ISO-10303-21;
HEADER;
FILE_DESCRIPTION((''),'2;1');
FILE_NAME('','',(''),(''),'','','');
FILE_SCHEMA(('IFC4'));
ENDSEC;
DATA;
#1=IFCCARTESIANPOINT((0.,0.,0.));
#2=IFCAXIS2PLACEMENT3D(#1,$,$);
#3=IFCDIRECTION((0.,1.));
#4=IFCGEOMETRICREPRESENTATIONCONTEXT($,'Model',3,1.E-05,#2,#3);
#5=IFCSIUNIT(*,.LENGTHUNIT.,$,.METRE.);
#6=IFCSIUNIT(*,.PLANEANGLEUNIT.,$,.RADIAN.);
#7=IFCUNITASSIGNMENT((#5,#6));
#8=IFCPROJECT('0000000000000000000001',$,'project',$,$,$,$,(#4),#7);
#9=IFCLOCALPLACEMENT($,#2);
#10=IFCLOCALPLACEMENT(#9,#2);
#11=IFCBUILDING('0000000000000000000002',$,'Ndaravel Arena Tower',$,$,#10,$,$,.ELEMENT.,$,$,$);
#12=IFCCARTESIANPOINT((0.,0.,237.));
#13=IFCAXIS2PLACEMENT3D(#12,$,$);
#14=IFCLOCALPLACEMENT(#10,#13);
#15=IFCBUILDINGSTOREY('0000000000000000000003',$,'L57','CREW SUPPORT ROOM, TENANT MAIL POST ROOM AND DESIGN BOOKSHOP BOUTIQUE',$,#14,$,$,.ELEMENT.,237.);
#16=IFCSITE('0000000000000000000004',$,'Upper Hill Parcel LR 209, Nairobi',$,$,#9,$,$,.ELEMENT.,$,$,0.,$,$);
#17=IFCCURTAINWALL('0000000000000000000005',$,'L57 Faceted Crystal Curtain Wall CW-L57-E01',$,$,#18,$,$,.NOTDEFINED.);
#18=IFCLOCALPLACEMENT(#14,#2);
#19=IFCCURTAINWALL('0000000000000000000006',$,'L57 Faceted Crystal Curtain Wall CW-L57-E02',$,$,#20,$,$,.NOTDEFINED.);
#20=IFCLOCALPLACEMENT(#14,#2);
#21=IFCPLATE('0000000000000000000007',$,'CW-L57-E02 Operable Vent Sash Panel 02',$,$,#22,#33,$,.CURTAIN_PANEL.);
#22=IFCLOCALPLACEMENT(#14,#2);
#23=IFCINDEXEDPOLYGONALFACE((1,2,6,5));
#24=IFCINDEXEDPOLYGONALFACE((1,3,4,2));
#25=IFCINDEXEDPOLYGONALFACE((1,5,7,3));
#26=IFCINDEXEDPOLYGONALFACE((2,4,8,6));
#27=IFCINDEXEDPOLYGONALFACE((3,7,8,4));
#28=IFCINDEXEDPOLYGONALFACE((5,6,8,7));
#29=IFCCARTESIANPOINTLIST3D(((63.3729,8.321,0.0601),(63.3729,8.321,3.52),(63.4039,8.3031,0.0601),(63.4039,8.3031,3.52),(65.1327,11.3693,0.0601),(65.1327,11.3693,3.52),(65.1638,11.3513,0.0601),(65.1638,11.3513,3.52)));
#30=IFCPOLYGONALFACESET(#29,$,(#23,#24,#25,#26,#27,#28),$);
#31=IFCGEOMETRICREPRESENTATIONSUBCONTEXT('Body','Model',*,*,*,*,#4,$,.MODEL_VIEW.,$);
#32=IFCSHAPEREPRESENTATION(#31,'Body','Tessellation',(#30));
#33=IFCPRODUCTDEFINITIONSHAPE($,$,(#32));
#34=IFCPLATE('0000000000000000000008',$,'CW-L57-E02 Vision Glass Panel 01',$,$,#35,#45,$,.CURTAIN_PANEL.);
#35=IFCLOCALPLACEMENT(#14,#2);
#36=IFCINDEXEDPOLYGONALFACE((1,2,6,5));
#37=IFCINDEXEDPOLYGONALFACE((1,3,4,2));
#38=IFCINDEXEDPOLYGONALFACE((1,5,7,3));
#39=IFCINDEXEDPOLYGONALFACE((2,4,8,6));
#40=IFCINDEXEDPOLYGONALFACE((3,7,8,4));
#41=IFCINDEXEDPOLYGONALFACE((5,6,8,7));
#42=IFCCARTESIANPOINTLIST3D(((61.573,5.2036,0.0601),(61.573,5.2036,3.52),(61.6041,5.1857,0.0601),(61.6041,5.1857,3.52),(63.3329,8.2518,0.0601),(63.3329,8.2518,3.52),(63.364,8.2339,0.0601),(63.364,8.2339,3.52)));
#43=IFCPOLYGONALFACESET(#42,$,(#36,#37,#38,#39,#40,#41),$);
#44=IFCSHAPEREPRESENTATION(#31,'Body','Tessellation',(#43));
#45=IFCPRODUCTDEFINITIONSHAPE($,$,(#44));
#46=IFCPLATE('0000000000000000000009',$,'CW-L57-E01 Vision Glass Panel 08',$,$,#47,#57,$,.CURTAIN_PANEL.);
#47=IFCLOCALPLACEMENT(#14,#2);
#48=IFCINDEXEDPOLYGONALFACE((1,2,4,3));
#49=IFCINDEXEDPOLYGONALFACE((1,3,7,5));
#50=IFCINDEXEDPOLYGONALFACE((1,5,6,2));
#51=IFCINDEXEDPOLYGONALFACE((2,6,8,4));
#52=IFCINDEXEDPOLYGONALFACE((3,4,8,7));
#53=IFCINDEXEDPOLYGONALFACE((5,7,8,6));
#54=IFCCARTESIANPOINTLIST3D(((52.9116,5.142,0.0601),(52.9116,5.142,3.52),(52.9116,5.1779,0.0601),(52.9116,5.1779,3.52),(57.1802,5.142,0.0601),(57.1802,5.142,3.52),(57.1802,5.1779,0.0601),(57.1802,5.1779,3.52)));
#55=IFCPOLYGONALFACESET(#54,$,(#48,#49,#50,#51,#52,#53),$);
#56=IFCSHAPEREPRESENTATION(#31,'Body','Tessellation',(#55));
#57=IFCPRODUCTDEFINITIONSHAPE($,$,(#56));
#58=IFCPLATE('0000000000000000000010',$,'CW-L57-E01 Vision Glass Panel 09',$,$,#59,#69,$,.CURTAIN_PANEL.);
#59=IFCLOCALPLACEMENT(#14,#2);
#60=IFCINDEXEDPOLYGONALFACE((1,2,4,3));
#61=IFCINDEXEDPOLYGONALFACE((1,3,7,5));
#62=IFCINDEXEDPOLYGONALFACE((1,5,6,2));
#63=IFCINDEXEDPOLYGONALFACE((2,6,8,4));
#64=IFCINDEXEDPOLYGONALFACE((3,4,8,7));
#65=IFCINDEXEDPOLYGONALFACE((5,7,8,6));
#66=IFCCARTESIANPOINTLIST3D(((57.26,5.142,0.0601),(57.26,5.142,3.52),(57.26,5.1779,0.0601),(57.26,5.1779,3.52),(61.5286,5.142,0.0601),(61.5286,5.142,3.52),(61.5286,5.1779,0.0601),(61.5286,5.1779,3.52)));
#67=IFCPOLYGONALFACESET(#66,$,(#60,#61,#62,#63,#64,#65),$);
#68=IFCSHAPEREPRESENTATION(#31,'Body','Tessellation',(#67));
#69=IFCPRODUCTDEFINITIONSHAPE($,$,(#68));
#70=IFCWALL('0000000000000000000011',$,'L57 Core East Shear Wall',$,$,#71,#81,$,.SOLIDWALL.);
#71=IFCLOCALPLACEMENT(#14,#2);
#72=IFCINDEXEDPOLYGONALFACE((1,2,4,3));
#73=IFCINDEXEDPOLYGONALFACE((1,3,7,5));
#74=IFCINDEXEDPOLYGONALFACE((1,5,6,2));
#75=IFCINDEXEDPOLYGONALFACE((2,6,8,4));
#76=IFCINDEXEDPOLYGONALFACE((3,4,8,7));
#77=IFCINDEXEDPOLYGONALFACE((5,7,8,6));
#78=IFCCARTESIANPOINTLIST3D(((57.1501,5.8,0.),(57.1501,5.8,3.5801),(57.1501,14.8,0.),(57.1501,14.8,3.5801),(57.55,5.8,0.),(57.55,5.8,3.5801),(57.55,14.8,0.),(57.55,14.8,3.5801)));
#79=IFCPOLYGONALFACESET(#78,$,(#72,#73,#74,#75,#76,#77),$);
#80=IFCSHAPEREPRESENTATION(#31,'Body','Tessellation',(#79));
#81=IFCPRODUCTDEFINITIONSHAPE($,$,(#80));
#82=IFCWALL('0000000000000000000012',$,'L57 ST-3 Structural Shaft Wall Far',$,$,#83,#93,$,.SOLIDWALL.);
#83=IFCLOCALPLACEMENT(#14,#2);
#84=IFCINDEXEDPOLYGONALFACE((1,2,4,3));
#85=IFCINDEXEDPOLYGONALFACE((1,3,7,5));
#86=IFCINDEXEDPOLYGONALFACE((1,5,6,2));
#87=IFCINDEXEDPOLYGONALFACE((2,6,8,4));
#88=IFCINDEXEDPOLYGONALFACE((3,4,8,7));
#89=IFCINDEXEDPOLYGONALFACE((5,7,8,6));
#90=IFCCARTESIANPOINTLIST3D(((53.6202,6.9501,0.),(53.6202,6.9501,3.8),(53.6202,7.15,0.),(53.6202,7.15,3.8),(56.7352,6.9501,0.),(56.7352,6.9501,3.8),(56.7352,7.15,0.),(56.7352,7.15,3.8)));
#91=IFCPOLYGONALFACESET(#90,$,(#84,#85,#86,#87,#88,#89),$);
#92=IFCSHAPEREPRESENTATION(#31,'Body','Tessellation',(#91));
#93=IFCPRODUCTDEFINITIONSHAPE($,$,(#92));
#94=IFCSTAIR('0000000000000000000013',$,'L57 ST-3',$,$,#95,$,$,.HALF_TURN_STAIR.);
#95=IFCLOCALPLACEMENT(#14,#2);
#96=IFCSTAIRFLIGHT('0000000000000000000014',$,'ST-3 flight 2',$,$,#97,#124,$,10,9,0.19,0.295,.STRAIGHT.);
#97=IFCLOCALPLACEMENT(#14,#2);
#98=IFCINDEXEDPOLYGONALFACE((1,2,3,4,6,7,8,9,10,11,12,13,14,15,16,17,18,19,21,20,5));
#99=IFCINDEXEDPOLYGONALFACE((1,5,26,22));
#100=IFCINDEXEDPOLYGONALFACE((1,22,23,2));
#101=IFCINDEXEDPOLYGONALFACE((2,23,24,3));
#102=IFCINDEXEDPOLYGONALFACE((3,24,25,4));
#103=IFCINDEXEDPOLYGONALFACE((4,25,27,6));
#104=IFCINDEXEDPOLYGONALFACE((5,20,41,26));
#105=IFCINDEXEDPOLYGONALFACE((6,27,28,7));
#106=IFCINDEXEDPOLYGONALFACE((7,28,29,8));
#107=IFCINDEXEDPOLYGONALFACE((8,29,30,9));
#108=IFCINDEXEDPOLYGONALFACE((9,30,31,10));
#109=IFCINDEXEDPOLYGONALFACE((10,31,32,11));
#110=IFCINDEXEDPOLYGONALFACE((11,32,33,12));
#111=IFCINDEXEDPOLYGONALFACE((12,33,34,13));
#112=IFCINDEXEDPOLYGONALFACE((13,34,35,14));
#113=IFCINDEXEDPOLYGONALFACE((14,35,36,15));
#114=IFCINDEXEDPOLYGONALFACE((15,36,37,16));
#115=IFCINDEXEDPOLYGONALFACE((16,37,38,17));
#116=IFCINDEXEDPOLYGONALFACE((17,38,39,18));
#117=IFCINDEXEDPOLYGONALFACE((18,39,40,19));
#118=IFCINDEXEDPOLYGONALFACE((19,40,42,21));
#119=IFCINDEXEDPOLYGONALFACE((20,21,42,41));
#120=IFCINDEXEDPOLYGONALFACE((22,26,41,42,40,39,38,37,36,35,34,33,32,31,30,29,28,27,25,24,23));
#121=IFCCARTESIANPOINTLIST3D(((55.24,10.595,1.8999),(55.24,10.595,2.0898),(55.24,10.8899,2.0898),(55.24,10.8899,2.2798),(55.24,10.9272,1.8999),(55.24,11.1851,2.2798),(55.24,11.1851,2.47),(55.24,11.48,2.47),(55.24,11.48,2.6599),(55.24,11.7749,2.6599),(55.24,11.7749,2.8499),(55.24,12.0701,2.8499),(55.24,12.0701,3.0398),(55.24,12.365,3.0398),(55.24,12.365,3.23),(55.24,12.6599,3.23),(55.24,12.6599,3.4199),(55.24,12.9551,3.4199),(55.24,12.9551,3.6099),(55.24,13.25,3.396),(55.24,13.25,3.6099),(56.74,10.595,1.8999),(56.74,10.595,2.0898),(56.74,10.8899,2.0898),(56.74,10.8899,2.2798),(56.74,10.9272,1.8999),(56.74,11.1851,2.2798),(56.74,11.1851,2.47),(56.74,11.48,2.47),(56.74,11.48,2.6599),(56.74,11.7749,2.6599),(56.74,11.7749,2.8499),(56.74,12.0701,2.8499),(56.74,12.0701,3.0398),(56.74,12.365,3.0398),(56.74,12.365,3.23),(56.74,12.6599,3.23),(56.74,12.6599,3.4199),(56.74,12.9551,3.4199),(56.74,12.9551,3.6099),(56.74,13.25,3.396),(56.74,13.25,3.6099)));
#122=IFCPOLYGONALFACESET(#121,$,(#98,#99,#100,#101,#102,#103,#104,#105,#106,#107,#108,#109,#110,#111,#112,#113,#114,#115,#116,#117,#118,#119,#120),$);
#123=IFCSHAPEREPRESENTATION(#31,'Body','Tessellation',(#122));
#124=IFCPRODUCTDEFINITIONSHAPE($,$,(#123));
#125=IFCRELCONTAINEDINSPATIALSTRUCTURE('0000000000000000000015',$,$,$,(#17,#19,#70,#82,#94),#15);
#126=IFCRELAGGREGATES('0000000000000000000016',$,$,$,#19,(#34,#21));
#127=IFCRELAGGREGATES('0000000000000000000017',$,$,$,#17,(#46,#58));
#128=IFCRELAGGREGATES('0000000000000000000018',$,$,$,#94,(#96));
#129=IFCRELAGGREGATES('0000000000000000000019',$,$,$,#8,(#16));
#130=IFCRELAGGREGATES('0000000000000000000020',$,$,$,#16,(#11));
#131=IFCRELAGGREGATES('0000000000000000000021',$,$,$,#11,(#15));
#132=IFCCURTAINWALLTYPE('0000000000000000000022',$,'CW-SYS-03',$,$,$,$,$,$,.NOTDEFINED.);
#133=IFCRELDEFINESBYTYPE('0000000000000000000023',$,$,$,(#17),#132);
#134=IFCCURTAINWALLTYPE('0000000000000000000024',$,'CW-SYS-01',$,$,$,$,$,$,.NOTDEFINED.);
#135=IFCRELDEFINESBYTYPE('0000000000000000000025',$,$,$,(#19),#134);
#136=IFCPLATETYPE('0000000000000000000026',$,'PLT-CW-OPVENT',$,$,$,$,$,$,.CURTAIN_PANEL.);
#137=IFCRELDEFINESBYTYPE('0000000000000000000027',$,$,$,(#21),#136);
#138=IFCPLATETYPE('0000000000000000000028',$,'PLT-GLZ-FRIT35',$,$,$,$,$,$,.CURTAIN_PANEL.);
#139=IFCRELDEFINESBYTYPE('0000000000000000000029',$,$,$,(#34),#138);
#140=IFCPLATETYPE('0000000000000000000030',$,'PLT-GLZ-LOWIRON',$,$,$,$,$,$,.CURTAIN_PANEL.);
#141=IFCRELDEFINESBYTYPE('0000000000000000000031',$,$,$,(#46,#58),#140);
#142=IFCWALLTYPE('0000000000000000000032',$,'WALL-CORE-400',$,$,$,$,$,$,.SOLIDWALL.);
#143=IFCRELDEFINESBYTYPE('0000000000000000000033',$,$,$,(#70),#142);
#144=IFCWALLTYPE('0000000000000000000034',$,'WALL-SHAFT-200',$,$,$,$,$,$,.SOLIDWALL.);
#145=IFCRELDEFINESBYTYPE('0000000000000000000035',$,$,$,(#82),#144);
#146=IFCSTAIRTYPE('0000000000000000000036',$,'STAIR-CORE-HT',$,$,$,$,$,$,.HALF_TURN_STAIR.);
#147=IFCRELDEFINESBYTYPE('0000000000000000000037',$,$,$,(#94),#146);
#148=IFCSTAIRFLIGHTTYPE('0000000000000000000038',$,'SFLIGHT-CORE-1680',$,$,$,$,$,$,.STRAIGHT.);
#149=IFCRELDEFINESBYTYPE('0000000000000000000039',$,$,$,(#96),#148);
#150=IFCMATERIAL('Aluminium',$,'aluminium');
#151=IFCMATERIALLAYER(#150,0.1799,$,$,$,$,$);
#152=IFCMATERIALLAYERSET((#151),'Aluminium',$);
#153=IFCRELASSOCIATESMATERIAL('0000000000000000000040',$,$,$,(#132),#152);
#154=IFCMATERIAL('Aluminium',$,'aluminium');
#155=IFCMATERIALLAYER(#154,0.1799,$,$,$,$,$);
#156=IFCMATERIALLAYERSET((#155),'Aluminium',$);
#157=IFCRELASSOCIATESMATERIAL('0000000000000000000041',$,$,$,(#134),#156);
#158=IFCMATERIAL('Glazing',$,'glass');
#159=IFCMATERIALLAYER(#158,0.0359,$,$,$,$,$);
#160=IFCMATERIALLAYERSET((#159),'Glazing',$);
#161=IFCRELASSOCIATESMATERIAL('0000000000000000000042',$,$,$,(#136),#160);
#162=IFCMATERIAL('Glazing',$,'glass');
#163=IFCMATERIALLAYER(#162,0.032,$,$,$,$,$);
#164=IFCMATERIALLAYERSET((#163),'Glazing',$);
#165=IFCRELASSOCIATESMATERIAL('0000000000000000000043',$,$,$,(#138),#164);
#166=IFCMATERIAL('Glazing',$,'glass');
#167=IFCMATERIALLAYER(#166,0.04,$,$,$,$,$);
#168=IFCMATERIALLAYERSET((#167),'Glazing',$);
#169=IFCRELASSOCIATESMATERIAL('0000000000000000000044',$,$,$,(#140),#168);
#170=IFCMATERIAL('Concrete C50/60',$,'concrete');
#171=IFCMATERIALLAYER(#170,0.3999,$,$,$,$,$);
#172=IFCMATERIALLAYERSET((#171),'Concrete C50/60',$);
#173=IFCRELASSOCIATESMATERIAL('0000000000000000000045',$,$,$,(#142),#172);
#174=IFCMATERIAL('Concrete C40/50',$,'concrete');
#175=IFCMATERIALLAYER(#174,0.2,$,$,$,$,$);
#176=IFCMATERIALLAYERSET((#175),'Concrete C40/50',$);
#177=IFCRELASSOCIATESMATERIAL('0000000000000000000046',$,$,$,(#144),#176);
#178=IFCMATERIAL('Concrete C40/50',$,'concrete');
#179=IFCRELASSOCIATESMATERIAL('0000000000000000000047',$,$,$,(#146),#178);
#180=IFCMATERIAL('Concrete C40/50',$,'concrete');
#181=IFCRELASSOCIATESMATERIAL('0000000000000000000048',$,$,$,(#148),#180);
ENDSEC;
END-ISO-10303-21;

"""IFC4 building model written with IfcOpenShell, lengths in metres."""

from ifc_helpers import new_model, si_unit, direction, frame, frame_2d, origin, origin_2d, place, context, subcontext, project, spatial, polyline, rectangle, outline, extrude, material, layer, layer_set, type_object, element, aggregate, save


model = new_model("IFC4")

# Units and contexts
model_context = context("Model", 3, precision=1e-05, world=origin(), true_north=direction((0.0, 1.0)))
body_context = subcontext(model_context, "Body", "Model", "MODEL_VIEW")
ifc_project = project(units=[si_unit("LENGTHUNIT", "METRE"), si_unit("PLANEANGLEUNIT", "RADIAN")], contexts=[model_context])

# Site, building, storey
site_placement = place(None, origin())
site = spatial("IfcSite", under=ifc_project, at=site_placement, Name="Upper Hill Parcel LR 209, Nairobi", CompositionType="ELEMENT", RefElevation=0.0)
building_placement = place(site_placement, origin())
building = spatial("IfcBuilding", under=site, at=building_placement, Name="Ndaravel Arena Tower", CompositionType="ELEMENT")
storey_placement = place(building_placement, frame((0.0, 0.0, 237.0)))
storey = spatial("IfcBuildingStorey", under=building, at=storey_placement, Name="L57", Description="CREW SUPPORT ROOM, TENANT MAIL POST ROOM AND DESIGN BOOKSHOP BOUTIQUE", CompositionType="ELEMENT", Elevation=237.0)

# Curtain wall
ifc_material_1 = material(Name="Aluminium", Category="aluminium")
ifc_layer_1 = layer(ifc_material_1, 0.1799)
ifc_layer_set_1 = layer_set([ifc_layer_1], Name="Aluminium")
curtain_wall_type_1 = type_object("IfcCurtainWallType", Name="CW-SYS-03", PredefinedType="NOTDEFINED", material=ifc_layer_set_1)
curtain_wall_1_placement = place(storey_placement, origin())
curtain_wall_1 = element("IfcCurtainWall", 1, at=curtain_wall_1_placement, inside=storey, type_object=curtain_wall_type_1, Name="L57 Faceted Crystal Curtain Wall CW-L57-E01", PredefinedType="NOTDEFINED")

# Curtain wall
ifc_material_2 = material(Name="Aluminium", Category="aluminium")
ifc_layer_2 = layer(ifc_material_2, 0.1799)
ifc_layer_set_2 = layer_set([ifc_layer_2], Name="Aluminium")
curtain_wall_type_2 = type_object("IfcCurtainWallType", Name="CW-SYS-01", PredefinedType="NOTDEFINED", material=ifc_layer_set_2)
curtain_wall_2_placement = place(storey_placement, origin())
curtain_wall_2 = element("IfcCurtainWall", 2, at=curtain_wall_2_placement, inside=storey, type_object=curtain_wall_type_2, Name="L57 Faceted Crystal Curtain Wall CW-L57-E02", PredefinedType="NOTDEFINED")

# Plates
ifc_material_3 = material(Name="Glazing", Category="glass")
ifc_layer_3 = layer(ifc_material_3, 0.0359)
ifc_layer_set_3 = layer_set([ifc_layer_3], Name="Glazing")
plate_type_1 = type_object("IfcPlateType", Name="PLT-CW-OPVENT", PredefinedType="CURTAIN_PANEL", material=ifc_layer_set_3)
plate_1_placement = place(storey_placement, frame((64.2683, 9.8362, 0.0601), z_axis=(0.0, 0.0, 1.0), x_axis=(0.499985, 0.866034, 0.0)))
plate_1 = element("IfcPlate", 3, at=plate_1_placement, type_object=plate_type_1, Name="CW-L57-E02 Operable Vent Sash Panel 02", PredefinedType="CURTAIN_PANEL", context=body_context, shape_type="SweptSolid", body=[
    extrude(rectangle(XDim=3.5198, YDim=0.0359, at=origin_2d()), origin(), (0.0, 0.0, 1.0), 3.46),
])
ifc_material_4 = material(Name="Glazing", Category="glass")
ifc_layer_4 = layer(ifc_material_4, 0.032)
ifc_layer_set_4 = layer_set([ifc_layer_4], Name="Glazing")
plate_type_2 = type_object("IfcPlateType", Name="PLT-GLZ-FRIT35", PredefinedType="CURTAIN_PANEL", material=ifc_layer_set_4)
plate_2_placement = place(storey_placement, frame((62.4685, 6.7188, 0.0601), z_axis=(0.0, 0.0, 1.0), x_axis=(0.499985, 0.866034, 0.0)))
plate_2 = element("IfcPlate", 4, at=plate_2_placement, type_object=plate_type_2, Name="CW-L57-E02 Vision Glass Panel 01", PredefinedType="CURTAIN_PANEL", context=body_context, shape_type="SweptSolid", body=[
    extrude(rectangle(XDim=3.5198, YDim=0.0359, at=origin_2d()), origin(), (0.0, 0.0, 1.0), 3.46),
])
aggregate(curtain_wall_2, [plate_2, plate_1])
ifc_material_5 = material(Name="Glazing", Category="glass")
ifc_layer_5 = layer(ifc_material_5, 0.04)
ifc_layer_set_5 = layer_set([ifc_layer_5], Name="Glazing")
plate_type_3 = type_object("IfcPlateType", Name="PLT-GLZ-LOWIRON", PredefinedType="CURTAIN_PANEL", material=ifc_layer_set_5)
plate_3_placement = place(storey_placement, frame((55.0459, 5.1599, 0.0601), z_axis=(0.0, 0.0, 1.0), x_axis=(1.0, 0.0, 0.0)))
plate_3 = element("IfcPlate", 5, at=plate_3_placement, type_object=plate_type_3, Name="CW-L57-E01 Vision Glass Panel 08", PredefinedType="CURTAIN_PANEL", context=body_context, shape_type="SweptSolid", body=[
    extrude(rectangle(XDim=4.2686, YDim=0.0359, at=origin_2d()), origin(), (0.0, 0.0, 1.0), 3.46),
])
plate_4_placement = place(storey_placement, frame((59.3943, 5.1599, 0.0601), z_axis=(0.0, 0.0, 1.0), x_axis=(1.0, 0.0, 0.0)))
plate_4 = element("IfcPlate", 6, at=plate_4_placement, type_object=plate_type_3, Name="CW-L57-E01 Vision Glass Panel 09", PredefinedType="CURTAIN_PANEL", context=body_context, shape_type="SweptSolid", body=[
    extrude(rectangle(XDim=4.2686, YDim=0.0359, at=origin_2d()), origin(), (0.0, 0.0, 1.0), 3.46),
])
aggregate(curtain_wall_1, [plate_3, plate_4])

# Walls
ifc_material_6 = material(Name="Concrete C50/60", Category="concrete")
ifc_layer_6 = layer(ifc_material_6, 0.3999)
ifc_layer_set_6 = layer_set([ifc_layer_6], Name="Concrete C50/60")
wall_type_1 = type_object("IfcWallType", Name="WALL-CORE-400", PredefinedType="SOLIDWALL", material=ifc_layer_set_6)
wall_1_placement = place(storey_placement, frame((57.3501, 5.8, 0.0), z_axis=(0.0, 0.0, 1.0), x_axis=(0.0, 1.0, 0.0)))
element("IfcWall", 7, at=wall_1_placement, inside=storey, type_object=wall_type_1, Name="L57 Core East Shear Wall", PredefinedType="SOLIDWALL", context=body_context, shape_type="SweptSolid", body=[
    extrude(rectangle(XDim=9.0, YDim=0.3999, at=frame_2d((4.5, 0.0))), origin(), (0.0, 0.0, 1.0), 3.5801),
])
ifc_material_7 = material(Name="Concrete C40/50", Category="concrete")
ifc_layer_7 = layer(ifc_material_7, 0.2)
ifc_layer_set_7 = layer_set([ifc_layer_7], Name="Concrete C40/50")
wall_type_2 = type_object("IfcWallType", Name="WALL-SHAFT-200", PredefinedType="SOLIDWALL", material=ifc_layer_set_7)
wall_2_placement = place(storey_placement, frame((53.6201, 7.05, 0.0), z_axis=(0.0, 0.0, 1.0), x_axis=(1.0, 0.0, 0.0)))
element("IfcWall", 8, at=wall_2_placement, inside=storey, type_object=wall_type_2, Name="L57 ST-3 Structural Shaft Wall Far", PredefinedType="SOLIDWALL", context=body_context, shape_type="SweptSolid", body=[
    extrude(rectangle(XDim=3.115, YDim=0.2, at=frame_2d((1.5576, 0.0))), origin(), (0.0, 0.0, 1.0), 3.8),
])

# Stair, stair flight
ifc_material_8 = material(Name="Concrete C40/50", Category="concrete")
stair_type = type_object("IfcStairType", Name="STAIR-CORE-HT", PredefinedType="HALF_TURN_STAIR", material=ifc_material_8)
stair_placement = place(storey_placement, origin())
stair = element("IfcStair", 9, at=stair_placement, inside=storey, type_object=stair_type, Name="L57 ST-3", PredefinedType="HALF_TURN_STAIR")
ifc_material_9 = material(Name="Concrete C40/50", Category="concrete")
stair_flight_type = type_object("IfcStairFlightType", Name="SFLIGHT-CORE-1680", PredefinedType="STRAIGHT", material=ifc_material_9)
stair_flight_placement = place(storey_placement, frame((55.99, 10.595, 1.8999), z_axis=(0.0, 0.0, 1.0), x_axis=(0.0, 1.0, 0.0)))
stair_flight = element("IfcStairFlight", 10, at=stair_flight_placement, type_object=stair_flight_type, Name="ST-3 flight 2", NumberOfRisers=10, NumberOfTreads=9, PredefinedType="STRAIGHT", RiserHeight=0.19, TreadLength=0.295, context=body_context, shape_type="SweptSolid", body=[
    extrude(outline(polyline([(0.0, 0.0), (0.0, 0.1899), (0.2949, 0.1899), (0.2949, 0.3799), (0.5901, 0.3799), (0.5901, 0.5701), (0.885, 0.5701), (0.885, 0.76), (1.1799, 0.76), (1.1799, 0.95), (1.4751, 0.95), (1.4751, 1.1399), (1.77, 1.1399), (1.77, 1.3301), (2.0649, 1.3301), (2.0649, 1.52), (2.3601, 1.52), (2.3601, 1.71), (2.655, 1.71), (2.655, 1.8999), (2.655, 1.4961), (0.3323, 0.0), (0.0, 0.0)])), frame((0.0, 0.75, 0.0), z_axis=(0.0, -1.0, 0.0), x_axis=(1.0, 0.0, 0.0)), (0.0, 0.0, 1.0), 1.5),
])
aggregate(stair, [stair_flight])

save(model, "model.ifc")
